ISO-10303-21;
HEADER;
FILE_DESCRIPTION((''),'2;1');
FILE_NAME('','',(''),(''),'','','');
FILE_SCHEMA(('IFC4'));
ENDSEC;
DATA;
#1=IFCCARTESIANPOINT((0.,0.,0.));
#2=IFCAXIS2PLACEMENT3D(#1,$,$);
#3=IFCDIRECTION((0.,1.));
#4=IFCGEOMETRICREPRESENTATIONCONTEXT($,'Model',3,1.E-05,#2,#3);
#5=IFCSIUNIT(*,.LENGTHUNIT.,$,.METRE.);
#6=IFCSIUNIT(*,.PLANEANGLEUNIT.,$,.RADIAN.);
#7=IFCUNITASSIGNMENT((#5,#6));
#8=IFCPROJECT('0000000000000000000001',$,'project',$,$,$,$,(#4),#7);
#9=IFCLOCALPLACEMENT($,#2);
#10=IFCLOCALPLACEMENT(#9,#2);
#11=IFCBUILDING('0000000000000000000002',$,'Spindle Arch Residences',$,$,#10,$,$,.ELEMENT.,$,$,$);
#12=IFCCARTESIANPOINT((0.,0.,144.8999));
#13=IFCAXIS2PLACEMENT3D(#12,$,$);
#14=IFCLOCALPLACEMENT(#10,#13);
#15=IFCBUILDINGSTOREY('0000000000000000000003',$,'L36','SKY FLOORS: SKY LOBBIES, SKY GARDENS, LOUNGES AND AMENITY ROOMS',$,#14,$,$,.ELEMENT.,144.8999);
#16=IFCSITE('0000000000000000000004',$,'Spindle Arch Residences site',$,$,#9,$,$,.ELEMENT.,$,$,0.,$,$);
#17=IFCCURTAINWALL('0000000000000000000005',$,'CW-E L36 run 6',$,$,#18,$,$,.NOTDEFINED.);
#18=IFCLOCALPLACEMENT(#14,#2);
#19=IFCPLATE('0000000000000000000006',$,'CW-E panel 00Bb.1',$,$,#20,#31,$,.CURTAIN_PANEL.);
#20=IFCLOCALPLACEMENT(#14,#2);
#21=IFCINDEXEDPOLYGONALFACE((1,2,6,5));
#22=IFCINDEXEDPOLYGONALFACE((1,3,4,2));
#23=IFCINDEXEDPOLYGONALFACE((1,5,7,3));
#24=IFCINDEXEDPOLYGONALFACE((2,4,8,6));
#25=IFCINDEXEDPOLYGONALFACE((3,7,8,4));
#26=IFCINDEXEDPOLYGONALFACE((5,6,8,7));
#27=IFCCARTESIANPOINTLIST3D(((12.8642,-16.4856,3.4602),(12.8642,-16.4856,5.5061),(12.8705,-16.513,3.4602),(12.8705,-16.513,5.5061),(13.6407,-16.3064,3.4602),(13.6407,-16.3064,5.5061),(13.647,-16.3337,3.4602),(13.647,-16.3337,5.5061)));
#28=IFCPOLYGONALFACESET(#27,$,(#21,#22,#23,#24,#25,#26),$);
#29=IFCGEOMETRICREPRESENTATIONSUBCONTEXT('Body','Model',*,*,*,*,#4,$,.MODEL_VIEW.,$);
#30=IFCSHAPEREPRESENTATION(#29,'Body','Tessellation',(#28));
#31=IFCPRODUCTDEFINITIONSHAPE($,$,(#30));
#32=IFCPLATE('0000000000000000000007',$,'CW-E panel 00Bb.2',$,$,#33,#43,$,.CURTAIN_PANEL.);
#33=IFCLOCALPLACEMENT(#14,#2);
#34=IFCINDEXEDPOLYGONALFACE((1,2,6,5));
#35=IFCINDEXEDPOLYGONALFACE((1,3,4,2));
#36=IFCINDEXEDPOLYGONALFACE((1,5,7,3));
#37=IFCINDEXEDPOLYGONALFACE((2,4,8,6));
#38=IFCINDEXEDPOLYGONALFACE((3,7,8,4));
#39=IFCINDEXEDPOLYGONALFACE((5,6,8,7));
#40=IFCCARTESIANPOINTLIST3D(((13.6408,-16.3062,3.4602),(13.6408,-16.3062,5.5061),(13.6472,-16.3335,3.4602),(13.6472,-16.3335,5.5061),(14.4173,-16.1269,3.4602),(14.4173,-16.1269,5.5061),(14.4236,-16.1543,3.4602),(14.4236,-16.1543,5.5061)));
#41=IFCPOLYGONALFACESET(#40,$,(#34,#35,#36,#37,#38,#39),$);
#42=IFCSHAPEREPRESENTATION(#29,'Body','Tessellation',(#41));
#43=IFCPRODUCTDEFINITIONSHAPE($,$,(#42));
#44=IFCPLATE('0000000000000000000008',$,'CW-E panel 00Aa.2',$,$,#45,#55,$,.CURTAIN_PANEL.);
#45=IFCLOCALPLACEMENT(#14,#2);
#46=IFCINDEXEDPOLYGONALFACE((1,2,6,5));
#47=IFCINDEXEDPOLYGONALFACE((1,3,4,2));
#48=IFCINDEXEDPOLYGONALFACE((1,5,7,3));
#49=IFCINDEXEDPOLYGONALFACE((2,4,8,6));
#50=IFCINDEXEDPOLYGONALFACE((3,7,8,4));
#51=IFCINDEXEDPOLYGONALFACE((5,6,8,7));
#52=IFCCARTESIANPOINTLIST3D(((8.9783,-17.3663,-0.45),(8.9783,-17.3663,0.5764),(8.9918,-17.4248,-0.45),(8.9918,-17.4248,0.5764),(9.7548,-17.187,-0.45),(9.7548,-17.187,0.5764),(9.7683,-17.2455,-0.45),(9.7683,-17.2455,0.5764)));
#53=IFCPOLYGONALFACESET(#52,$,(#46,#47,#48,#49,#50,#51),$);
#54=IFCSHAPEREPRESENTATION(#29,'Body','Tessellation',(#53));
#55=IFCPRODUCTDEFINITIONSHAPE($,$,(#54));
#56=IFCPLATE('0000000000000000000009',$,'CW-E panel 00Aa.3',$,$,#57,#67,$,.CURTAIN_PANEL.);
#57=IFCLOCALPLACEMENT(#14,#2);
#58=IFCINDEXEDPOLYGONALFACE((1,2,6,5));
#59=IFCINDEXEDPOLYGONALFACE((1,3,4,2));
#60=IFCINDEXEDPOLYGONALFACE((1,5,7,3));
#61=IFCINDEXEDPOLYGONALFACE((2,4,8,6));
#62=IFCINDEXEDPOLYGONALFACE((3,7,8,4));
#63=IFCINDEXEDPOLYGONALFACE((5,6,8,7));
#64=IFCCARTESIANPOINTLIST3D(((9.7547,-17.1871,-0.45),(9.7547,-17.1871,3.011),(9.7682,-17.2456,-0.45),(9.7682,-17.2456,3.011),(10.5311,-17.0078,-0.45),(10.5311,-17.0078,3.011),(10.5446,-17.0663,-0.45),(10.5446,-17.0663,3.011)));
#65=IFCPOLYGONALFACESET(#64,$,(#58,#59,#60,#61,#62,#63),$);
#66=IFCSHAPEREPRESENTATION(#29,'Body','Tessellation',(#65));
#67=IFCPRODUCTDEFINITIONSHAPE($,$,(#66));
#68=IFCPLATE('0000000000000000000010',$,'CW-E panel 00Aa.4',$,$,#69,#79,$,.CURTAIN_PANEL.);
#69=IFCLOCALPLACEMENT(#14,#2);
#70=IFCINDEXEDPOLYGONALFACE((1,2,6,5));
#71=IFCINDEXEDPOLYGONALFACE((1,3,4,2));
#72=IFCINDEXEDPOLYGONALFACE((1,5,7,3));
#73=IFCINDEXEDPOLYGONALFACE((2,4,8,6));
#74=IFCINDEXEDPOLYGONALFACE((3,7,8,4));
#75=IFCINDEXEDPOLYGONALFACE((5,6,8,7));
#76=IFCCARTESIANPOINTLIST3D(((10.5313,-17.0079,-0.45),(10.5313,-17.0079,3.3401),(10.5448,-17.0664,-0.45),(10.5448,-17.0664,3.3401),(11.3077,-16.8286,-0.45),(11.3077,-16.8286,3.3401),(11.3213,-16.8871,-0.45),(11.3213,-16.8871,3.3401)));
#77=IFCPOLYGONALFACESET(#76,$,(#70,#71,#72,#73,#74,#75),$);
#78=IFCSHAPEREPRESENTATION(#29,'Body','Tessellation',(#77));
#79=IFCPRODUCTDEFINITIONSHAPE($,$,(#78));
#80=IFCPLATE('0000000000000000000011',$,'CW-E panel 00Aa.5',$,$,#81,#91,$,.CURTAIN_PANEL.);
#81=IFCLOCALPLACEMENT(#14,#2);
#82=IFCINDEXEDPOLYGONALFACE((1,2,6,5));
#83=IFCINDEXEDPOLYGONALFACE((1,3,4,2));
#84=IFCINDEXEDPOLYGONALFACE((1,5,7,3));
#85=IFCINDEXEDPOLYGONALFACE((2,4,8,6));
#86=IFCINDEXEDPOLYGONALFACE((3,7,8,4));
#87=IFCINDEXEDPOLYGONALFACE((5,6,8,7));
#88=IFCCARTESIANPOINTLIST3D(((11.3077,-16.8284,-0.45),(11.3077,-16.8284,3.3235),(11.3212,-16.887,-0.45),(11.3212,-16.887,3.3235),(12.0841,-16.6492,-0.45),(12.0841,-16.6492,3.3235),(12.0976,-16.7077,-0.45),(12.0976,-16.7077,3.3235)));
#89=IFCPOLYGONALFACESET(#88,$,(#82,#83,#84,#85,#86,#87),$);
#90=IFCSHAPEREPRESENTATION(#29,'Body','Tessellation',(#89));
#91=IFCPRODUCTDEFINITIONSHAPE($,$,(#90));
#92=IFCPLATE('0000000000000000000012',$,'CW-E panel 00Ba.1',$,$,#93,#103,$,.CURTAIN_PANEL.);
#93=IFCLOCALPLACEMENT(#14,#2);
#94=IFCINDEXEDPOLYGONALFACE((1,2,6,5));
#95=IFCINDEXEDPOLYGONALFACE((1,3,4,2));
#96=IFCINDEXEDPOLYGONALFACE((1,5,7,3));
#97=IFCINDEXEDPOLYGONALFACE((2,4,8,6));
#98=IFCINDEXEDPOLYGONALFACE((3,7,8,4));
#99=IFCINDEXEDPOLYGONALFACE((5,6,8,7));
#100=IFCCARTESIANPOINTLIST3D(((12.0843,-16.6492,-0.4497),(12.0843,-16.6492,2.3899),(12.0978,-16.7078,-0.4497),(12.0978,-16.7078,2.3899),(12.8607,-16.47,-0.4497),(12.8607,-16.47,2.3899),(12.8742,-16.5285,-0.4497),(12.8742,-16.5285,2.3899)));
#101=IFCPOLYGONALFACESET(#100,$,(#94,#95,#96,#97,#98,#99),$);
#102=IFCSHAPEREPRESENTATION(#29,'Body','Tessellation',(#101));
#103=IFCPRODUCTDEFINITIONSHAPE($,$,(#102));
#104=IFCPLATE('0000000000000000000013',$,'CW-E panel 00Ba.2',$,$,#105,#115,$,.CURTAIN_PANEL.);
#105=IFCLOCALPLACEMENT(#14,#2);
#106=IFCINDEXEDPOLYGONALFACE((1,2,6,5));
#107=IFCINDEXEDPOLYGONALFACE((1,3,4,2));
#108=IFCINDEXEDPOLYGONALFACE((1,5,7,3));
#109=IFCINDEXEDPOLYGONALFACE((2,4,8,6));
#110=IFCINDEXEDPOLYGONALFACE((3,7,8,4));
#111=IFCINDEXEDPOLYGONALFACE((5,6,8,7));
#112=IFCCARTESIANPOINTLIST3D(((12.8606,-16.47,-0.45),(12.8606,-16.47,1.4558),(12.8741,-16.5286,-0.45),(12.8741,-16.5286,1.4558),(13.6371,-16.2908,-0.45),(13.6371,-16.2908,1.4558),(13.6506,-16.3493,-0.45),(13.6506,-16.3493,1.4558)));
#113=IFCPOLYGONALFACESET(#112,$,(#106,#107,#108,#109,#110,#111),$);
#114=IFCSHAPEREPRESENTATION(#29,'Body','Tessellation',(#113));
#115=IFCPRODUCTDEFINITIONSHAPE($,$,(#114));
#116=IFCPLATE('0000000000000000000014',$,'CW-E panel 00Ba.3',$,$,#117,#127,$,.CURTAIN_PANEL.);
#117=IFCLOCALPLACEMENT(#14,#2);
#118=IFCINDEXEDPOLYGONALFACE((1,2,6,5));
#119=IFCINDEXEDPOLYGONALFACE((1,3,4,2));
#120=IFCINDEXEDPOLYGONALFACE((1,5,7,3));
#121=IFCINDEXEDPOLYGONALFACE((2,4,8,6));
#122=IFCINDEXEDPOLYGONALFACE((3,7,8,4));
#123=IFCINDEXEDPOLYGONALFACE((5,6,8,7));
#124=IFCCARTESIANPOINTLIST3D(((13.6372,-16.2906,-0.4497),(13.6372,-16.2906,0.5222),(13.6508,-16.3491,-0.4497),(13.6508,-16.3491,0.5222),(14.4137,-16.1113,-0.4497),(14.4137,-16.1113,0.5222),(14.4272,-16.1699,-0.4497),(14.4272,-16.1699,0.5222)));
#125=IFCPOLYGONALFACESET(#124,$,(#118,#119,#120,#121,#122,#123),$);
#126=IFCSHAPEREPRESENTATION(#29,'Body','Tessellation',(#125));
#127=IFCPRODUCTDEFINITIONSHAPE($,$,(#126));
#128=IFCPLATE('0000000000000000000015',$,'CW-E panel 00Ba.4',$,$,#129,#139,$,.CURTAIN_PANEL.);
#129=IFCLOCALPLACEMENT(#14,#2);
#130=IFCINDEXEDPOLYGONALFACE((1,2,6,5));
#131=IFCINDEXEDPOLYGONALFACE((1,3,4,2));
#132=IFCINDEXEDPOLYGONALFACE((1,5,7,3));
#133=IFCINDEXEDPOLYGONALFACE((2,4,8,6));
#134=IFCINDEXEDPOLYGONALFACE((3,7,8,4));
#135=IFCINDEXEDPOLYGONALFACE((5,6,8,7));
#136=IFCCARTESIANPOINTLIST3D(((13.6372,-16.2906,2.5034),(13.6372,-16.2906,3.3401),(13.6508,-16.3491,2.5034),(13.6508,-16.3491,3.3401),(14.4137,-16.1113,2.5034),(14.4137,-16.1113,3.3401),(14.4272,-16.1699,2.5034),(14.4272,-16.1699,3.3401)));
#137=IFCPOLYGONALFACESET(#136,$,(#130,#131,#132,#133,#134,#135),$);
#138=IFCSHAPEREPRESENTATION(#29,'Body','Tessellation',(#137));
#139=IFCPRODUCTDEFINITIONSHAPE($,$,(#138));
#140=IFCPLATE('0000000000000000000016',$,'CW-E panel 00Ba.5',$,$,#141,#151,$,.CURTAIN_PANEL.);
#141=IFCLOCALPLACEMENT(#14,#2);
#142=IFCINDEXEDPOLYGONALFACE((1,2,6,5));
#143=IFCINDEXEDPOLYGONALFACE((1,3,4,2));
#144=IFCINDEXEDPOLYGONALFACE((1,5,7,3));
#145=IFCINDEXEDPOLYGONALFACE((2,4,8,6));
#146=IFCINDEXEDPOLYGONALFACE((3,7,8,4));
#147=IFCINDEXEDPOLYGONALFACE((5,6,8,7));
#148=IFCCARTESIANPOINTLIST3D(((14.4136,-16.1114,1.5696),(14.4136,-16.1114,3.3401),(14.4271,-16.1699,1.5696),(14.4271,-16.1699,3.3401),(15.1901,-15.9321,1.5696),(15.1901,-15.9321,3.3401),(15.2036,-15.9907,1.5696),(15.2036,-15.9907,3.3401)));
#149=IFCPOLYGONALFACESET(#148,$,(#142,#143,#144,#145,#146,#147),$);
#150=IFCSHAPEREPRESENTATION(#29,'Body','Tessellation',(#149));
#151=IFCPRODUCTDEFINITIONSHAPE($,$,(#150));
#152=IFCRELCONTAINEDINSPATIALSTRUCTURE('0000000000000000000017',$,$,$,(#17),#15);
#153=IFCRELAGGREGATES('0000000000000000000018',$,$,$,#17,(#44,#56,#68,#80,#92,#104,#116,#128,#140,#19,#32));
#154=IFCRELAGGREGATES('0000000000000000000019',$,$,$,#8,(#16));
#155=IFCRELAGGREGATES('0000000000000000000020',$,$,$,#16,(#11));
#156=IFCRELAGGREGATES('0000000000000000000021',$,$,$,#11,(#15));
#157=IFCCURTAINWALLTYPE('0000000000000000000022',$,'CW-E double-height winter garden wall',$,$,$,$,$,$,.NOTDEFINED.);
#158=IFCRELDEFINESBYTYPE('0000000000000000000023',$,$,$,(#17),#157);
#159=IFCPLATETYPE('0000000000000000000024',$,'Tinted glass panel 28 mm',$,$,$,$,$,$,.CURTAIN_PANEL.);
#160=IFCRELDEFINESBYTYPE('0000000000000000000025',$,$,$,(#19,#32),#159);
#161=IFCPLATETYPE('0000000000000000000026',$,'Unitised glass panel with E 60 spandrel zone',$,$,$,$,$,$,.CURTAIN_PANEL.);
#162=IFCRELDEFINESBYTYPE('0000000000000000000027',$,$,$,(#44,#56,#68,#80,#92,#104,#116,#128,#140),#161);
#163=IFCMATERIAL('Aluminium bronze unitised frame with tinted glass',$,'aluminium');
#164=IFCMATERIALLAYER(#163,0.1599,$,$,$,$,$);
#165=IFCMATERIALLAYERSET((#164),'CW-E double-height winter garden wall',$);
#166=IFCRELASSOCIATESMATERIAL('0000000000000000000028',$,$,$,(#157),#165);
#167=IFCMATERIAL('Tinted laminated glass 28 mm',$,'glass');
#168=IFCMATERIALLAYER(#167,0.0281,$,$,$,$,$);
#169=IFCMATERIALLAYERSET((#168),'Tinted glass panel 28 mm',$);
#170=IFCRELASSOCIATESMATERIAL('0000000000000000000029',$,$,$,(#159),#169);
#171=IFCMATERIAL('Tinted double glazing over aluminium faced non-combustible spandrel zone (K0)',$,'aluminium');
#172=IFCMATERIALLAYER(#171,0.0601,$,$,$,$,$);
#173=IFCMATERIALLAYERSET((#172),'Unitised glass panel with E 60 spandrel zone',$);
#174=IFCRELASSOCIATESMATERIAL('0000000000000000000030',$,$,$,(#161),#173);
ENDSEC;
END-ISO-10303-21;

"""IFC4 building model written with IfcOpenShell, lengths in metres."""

from ifc_helpers import new_model, si_unit, direction, frame, origin, origin_2d, place, context, subcontext, project, spatial, rectangle, extrude, material, layer, layer_set, type_object, element, aggregate, save


model = new_model("IFC4")

# Units and contexts
model_context = context("Model", 3, precision=1e-05, world=origin(), true_north=direction((0.0, 1.0)))
body_context = subcontext(model_context, "Body", "Model", "MODEL_VIEW")
ifc_project = project(units=[si_unit("LENGTHUNIT", "METRE"), si_unit("PLANEANGLEUNIT", "RADIAN")], contexts=[model_context])

# Site, building, storey
site_placement = place(None, origin())
site = spatial("IfcSite", under=ifc_project, at=site_placement, Name="Spindle Arch Residences site", CompositionType="ELEMENT", RefElevation=0.0)
building_placement = place(site_placement, origin())
building = spatial("IfcBuilding", under=site, at=building_placement, Name="Spindle Arch Residences", CompositionType="ELEMENT")
storey_placement = place(building_placement, frame((0.0, 0.0, 144.8999)))
storey = spatial("IfcBuildingStorey", under=building, at=storey_placement, Name="L36", Description="SKY FLOORS: SKY LOBBIES, SKY GARDENS, LOUNGES AND AMENITY ROOMS", CompositionType="ELEMENT", Elevation=144.8999)

# Curtain wall, plates
ifc_material_1 = material(Name="Aluminium bronze unitised frame with tinted glass", Category="aluminium")
ifc_layer_1 = layer(ifc_material_1, 0.1599)
ifc_layer_set_1 = layer_set([ifc_layer_1], Name="CW-E double-height winter garden wall")
curtain_wall_type = type_object("IfcCurtainWallType", Name="CW-E double-height winter garden wall", PredefinedType="NOTDEFINED", material=ifc_layer_set_1)
curtain_wall_placement = place(storey_placement, origin())
curtain_wall = element("IfcCurtainWall", 1, at=curtain_wall_placement, inside=storey, type_object=curtain_wall_type, Name="CW-E L36 run 6", PredefinedType="NOTDEFINED")
ifc_material_2 = material(Name="Tinted laminated glass 28 mm", Category="glass")
ifc_layer_2 = layer(ifc_material_2, 0.0281)
ifc_layer_set_2 = layer_set([ifc_layer_2], Name="Tinted glass panel 28 mm")
plate_type_1 = type_object("IfcPlateType", Name="Tinted glass panel 28 mm", PredefinedType="CURTAIN_PANEL", material=ifc_layer_set_2)
plate_1_placement = place(storey_placement, frame((13.2556, -16.4097, 3.4602), z_axis=(0.0, 0.0, 1.0), x_axis=(0.97437, 0.224951, 0.0)))
plate_1 = element("IfcPlate", 2, at=plate_1_placement, type_object=plate_type_1, Name="CW-E panel 00Bb.1", PredefinedType="CURTAIN_PANEL", context=body_context, shape_type="SweptSolid", body=[
    extrude(rectangle(XDim=0.7969, YDim=0.0281, at=origin_2d()), origin(), (0.0, 0.0, 1.0), 2.0459),
])
plate_2_placement = place(storey_placement, frame((14.0322, -16.2302, 3.4602), z_axis=(0.0, 0.0, 1.0), x_axis=(0.97437, 0.224951, 0.0)))
plate_2 = element("IfcPlate", 3, at=plate_2_placement, type_object=plate_type_1, Name="CW-E panel 00Bb.2", PredefinedType="CURTAIN_PANEL", context=body_context, shape_type="SweptSolid", body=[
    extrude(rectangle(XDim=0.7969, YDim=0.0281, at=origin_2d()), origin(), (0.0, 0.0, 1.0), 2.0459),
])
ifc_material_3 = material(Name="Tinted double glazing over aluminium faced non-combustible spandrel zone (K0)", Category="aluminium")
ifc_layer_3 = layer(ifc_material_3, 0.0601)
ifc_layer_set_3 = layer_set([ifc_layer_3], Name="Unitised glass panel with E 60 spandrel zone")
plate_type_2 = type_object("IfcPlateType", Name="Unitised glass panel with E 60 spandrel zone", PredefinedType="CURTAIN_PANEL", material=ifc_layer_set_3)
plate_3_placement = place(storey_placement, frame((9.3733, -17.3059, -0.45), z_axis=(0.0, 0.0, 1.0), x_axis=(0.97437, 0.224951, 0.0)))
plate_3 = element("IfcPlate", 4, at=plate_3_placement, type_object=plate_type_2, Name="CW-E panel 00Aa.2", PredefinedType="CURTAIN_PANEL", context=body_context, shape_type="SweptSolid", body=[
    extrude(rectangle(XDim=0.7969, YDim=0.0601, at=origin_2d()), origin(), (0.0, 0.0, 1.0), 1.0264),
])
plate_4_placement = place(storey_placement, frame((10.1497, -17.1267, -0.45), z_axis=(0.0, 0.0, 1.0), x_axis=(0.97437, 0.224951, 0.0)))
plate_4 = element("IfcPlate", 5, at=plate_4_placement, type_object=plate_type_2, Name="CW-E panel 00Aa.3", PredefinedType="CURTAIN_PANEL", context=body_context, shape_type="SweptSolid", body=[
    extrude(rectangle(XDim=0.7969, YDim=0.0601, at=origin_2d()), origin(), (0.0, 0.0, 1.0), 3.4609),
])
plate_5_placement = place(storey_placement, frame((10.9263, -16.9475, -0.45), z_axis=(0.0, 0.0, 1.0), x_axis=(0.97437, 0.224951, 0.0)))
plate_5 = element("IfcPlate", 6, at=plate_5_placement, type_object=plate_type_2, Name="CW-E panel 00Aa.4", PredefinedType="CURTAIN_PANEL", context=body_context, shape_type="SweptSolid", body=[
    extrude(rectangle(XDim=0.7969, YDim=0.0601, at=origin_2d()), origin(), (0.0, 0.0, 1.0), 3.79),
])
plate_6_placement = place(storey_placement, frame((11.7026, -16.7681, -0.45), z_axis=(0.0, 0.0, 1.0), x_axis=(0.97437, 0.224951, 0.0)))
plate_6 = element("IfcPlate", 7, at=plate_6_placement, type_object=plate_type_2, Name="CW-E panel 00Aa.5", PredefinedType="CURTAIN_PANEL", context=body_context, shape_type="SweptSolid", body=[
    extrude(rectangle(XDim=0.7969, YDim=0.0601, at=origin_2d()), origin(), (0.0, 0.0, 1.0), 3.7734),
])
plate_7_placement = place(storey_placement, frame((12.4792, -16.5889, -0.4497), z_axis=(0.0, 0.0, 1.0), x_axis=(0.97437, 0.224951, 0.0)))
plate_7 = element("IfcPlate", 8, at=plate_7_placement, type_object=plate_type_2, Name="CW-E panel 00Ba.1", PredefinedType="CURTAIN_PANEL", context=body_context, shape_type="SweptSolid", body=[
    extrude(rectangle(XDim=0.7969, YDim=0.0601, at=origin_2d()), origin(), (0.0, 0.0, 1.0), 2.8396),
])
plate_8_placement = place(storey_placement, frame((13.2556, -16.4097, -0.45), z_axis=(0.0, 0.0, 1.0), x_axis=(0.97437, 0.224951, 0.0)))
plate_8 = element("IfcPlate", 9, at=plate_8_placement, type_object=plate_type_2, Name="CW-E panel 00Ba.2", PredefinedType="CURTAIN_PANEL", context=body_context, shape_type="SweptSolid", body=[
    extrude(rectangle(XDim=0.7969, YDim=0.0601, at=origin_2d()), origin(), (0.0, 0.0, 1.0), 1.9058),
])
plate_9_placement = place(storey_placement, frame((14.0322, -16.2302, -0.4497), z_axis=(0.0, 0.0, 1.0), x_axis=(0.97437, 0.224951, 0.0)))
plate_9 = element("IfcPlate", 10, at=plate_9_placement, type_object=plate_type_2, Name="CW-E panel 00Ba.3", PredefinedType="CURTAIN_PANEL", context=body_context, shape_type="SweptSolid", body=[
    extrude(rectangle(XDim=0.7969, YDim=0.0601, at=origin_2d()), origin(), (0.0, 0.0, 1.0), 0.9719),
])
plate_10_placement = place(storey_placement, frame((14.0322, -16.2302, 2.5034), z_axis=(0.0, 0.0, 1.0), x_axis=(0.97437, 0.224951, 0.0)))
plate_10 = element("IfcPlate", 11, at=plate_10_placement, type_object=plate_type_2, Name="CW-E panel 00Ba.4", PredefinedType="CURTAIN_PANEL", context=body_context, shape_type="SweptSolid", body=[
    extrude(rectangle(XDim=0.7969, YDim=0.0601, at=origin_2d()), origin(), (0.0, 0.0, 1.0), 0.8367),
])
plate_11_placement = place(storey_placement, frame((14.8086, -16.051, 1.5696), z_axis=(0.0, 0.0, 1.0), x_axis=(0.97437, 0.224951, 0.0)))
plate_11 = element("IfcPlate", 12, at=plate_11_placement, type_object=plate_type_2, Name="CW-E panel 00Ba.5", PredefinedType="CURTAIN_PANEL", context=body_context, shape_type="SweptSolid", body=[
    extrude(rectangle(XDim=0.7969, YDim=0.0601, at=origin_2d()), origin(), (0.0, 0.0, 1.0), 1.7705),
])
aggregate(curtain_wall, [plate_3, plate_4, plate_5, plate_6, plate_7, plate_8, plate_9, plate_10, plate_11, plate_1, plate_2])

save(model, "model.ifc")
